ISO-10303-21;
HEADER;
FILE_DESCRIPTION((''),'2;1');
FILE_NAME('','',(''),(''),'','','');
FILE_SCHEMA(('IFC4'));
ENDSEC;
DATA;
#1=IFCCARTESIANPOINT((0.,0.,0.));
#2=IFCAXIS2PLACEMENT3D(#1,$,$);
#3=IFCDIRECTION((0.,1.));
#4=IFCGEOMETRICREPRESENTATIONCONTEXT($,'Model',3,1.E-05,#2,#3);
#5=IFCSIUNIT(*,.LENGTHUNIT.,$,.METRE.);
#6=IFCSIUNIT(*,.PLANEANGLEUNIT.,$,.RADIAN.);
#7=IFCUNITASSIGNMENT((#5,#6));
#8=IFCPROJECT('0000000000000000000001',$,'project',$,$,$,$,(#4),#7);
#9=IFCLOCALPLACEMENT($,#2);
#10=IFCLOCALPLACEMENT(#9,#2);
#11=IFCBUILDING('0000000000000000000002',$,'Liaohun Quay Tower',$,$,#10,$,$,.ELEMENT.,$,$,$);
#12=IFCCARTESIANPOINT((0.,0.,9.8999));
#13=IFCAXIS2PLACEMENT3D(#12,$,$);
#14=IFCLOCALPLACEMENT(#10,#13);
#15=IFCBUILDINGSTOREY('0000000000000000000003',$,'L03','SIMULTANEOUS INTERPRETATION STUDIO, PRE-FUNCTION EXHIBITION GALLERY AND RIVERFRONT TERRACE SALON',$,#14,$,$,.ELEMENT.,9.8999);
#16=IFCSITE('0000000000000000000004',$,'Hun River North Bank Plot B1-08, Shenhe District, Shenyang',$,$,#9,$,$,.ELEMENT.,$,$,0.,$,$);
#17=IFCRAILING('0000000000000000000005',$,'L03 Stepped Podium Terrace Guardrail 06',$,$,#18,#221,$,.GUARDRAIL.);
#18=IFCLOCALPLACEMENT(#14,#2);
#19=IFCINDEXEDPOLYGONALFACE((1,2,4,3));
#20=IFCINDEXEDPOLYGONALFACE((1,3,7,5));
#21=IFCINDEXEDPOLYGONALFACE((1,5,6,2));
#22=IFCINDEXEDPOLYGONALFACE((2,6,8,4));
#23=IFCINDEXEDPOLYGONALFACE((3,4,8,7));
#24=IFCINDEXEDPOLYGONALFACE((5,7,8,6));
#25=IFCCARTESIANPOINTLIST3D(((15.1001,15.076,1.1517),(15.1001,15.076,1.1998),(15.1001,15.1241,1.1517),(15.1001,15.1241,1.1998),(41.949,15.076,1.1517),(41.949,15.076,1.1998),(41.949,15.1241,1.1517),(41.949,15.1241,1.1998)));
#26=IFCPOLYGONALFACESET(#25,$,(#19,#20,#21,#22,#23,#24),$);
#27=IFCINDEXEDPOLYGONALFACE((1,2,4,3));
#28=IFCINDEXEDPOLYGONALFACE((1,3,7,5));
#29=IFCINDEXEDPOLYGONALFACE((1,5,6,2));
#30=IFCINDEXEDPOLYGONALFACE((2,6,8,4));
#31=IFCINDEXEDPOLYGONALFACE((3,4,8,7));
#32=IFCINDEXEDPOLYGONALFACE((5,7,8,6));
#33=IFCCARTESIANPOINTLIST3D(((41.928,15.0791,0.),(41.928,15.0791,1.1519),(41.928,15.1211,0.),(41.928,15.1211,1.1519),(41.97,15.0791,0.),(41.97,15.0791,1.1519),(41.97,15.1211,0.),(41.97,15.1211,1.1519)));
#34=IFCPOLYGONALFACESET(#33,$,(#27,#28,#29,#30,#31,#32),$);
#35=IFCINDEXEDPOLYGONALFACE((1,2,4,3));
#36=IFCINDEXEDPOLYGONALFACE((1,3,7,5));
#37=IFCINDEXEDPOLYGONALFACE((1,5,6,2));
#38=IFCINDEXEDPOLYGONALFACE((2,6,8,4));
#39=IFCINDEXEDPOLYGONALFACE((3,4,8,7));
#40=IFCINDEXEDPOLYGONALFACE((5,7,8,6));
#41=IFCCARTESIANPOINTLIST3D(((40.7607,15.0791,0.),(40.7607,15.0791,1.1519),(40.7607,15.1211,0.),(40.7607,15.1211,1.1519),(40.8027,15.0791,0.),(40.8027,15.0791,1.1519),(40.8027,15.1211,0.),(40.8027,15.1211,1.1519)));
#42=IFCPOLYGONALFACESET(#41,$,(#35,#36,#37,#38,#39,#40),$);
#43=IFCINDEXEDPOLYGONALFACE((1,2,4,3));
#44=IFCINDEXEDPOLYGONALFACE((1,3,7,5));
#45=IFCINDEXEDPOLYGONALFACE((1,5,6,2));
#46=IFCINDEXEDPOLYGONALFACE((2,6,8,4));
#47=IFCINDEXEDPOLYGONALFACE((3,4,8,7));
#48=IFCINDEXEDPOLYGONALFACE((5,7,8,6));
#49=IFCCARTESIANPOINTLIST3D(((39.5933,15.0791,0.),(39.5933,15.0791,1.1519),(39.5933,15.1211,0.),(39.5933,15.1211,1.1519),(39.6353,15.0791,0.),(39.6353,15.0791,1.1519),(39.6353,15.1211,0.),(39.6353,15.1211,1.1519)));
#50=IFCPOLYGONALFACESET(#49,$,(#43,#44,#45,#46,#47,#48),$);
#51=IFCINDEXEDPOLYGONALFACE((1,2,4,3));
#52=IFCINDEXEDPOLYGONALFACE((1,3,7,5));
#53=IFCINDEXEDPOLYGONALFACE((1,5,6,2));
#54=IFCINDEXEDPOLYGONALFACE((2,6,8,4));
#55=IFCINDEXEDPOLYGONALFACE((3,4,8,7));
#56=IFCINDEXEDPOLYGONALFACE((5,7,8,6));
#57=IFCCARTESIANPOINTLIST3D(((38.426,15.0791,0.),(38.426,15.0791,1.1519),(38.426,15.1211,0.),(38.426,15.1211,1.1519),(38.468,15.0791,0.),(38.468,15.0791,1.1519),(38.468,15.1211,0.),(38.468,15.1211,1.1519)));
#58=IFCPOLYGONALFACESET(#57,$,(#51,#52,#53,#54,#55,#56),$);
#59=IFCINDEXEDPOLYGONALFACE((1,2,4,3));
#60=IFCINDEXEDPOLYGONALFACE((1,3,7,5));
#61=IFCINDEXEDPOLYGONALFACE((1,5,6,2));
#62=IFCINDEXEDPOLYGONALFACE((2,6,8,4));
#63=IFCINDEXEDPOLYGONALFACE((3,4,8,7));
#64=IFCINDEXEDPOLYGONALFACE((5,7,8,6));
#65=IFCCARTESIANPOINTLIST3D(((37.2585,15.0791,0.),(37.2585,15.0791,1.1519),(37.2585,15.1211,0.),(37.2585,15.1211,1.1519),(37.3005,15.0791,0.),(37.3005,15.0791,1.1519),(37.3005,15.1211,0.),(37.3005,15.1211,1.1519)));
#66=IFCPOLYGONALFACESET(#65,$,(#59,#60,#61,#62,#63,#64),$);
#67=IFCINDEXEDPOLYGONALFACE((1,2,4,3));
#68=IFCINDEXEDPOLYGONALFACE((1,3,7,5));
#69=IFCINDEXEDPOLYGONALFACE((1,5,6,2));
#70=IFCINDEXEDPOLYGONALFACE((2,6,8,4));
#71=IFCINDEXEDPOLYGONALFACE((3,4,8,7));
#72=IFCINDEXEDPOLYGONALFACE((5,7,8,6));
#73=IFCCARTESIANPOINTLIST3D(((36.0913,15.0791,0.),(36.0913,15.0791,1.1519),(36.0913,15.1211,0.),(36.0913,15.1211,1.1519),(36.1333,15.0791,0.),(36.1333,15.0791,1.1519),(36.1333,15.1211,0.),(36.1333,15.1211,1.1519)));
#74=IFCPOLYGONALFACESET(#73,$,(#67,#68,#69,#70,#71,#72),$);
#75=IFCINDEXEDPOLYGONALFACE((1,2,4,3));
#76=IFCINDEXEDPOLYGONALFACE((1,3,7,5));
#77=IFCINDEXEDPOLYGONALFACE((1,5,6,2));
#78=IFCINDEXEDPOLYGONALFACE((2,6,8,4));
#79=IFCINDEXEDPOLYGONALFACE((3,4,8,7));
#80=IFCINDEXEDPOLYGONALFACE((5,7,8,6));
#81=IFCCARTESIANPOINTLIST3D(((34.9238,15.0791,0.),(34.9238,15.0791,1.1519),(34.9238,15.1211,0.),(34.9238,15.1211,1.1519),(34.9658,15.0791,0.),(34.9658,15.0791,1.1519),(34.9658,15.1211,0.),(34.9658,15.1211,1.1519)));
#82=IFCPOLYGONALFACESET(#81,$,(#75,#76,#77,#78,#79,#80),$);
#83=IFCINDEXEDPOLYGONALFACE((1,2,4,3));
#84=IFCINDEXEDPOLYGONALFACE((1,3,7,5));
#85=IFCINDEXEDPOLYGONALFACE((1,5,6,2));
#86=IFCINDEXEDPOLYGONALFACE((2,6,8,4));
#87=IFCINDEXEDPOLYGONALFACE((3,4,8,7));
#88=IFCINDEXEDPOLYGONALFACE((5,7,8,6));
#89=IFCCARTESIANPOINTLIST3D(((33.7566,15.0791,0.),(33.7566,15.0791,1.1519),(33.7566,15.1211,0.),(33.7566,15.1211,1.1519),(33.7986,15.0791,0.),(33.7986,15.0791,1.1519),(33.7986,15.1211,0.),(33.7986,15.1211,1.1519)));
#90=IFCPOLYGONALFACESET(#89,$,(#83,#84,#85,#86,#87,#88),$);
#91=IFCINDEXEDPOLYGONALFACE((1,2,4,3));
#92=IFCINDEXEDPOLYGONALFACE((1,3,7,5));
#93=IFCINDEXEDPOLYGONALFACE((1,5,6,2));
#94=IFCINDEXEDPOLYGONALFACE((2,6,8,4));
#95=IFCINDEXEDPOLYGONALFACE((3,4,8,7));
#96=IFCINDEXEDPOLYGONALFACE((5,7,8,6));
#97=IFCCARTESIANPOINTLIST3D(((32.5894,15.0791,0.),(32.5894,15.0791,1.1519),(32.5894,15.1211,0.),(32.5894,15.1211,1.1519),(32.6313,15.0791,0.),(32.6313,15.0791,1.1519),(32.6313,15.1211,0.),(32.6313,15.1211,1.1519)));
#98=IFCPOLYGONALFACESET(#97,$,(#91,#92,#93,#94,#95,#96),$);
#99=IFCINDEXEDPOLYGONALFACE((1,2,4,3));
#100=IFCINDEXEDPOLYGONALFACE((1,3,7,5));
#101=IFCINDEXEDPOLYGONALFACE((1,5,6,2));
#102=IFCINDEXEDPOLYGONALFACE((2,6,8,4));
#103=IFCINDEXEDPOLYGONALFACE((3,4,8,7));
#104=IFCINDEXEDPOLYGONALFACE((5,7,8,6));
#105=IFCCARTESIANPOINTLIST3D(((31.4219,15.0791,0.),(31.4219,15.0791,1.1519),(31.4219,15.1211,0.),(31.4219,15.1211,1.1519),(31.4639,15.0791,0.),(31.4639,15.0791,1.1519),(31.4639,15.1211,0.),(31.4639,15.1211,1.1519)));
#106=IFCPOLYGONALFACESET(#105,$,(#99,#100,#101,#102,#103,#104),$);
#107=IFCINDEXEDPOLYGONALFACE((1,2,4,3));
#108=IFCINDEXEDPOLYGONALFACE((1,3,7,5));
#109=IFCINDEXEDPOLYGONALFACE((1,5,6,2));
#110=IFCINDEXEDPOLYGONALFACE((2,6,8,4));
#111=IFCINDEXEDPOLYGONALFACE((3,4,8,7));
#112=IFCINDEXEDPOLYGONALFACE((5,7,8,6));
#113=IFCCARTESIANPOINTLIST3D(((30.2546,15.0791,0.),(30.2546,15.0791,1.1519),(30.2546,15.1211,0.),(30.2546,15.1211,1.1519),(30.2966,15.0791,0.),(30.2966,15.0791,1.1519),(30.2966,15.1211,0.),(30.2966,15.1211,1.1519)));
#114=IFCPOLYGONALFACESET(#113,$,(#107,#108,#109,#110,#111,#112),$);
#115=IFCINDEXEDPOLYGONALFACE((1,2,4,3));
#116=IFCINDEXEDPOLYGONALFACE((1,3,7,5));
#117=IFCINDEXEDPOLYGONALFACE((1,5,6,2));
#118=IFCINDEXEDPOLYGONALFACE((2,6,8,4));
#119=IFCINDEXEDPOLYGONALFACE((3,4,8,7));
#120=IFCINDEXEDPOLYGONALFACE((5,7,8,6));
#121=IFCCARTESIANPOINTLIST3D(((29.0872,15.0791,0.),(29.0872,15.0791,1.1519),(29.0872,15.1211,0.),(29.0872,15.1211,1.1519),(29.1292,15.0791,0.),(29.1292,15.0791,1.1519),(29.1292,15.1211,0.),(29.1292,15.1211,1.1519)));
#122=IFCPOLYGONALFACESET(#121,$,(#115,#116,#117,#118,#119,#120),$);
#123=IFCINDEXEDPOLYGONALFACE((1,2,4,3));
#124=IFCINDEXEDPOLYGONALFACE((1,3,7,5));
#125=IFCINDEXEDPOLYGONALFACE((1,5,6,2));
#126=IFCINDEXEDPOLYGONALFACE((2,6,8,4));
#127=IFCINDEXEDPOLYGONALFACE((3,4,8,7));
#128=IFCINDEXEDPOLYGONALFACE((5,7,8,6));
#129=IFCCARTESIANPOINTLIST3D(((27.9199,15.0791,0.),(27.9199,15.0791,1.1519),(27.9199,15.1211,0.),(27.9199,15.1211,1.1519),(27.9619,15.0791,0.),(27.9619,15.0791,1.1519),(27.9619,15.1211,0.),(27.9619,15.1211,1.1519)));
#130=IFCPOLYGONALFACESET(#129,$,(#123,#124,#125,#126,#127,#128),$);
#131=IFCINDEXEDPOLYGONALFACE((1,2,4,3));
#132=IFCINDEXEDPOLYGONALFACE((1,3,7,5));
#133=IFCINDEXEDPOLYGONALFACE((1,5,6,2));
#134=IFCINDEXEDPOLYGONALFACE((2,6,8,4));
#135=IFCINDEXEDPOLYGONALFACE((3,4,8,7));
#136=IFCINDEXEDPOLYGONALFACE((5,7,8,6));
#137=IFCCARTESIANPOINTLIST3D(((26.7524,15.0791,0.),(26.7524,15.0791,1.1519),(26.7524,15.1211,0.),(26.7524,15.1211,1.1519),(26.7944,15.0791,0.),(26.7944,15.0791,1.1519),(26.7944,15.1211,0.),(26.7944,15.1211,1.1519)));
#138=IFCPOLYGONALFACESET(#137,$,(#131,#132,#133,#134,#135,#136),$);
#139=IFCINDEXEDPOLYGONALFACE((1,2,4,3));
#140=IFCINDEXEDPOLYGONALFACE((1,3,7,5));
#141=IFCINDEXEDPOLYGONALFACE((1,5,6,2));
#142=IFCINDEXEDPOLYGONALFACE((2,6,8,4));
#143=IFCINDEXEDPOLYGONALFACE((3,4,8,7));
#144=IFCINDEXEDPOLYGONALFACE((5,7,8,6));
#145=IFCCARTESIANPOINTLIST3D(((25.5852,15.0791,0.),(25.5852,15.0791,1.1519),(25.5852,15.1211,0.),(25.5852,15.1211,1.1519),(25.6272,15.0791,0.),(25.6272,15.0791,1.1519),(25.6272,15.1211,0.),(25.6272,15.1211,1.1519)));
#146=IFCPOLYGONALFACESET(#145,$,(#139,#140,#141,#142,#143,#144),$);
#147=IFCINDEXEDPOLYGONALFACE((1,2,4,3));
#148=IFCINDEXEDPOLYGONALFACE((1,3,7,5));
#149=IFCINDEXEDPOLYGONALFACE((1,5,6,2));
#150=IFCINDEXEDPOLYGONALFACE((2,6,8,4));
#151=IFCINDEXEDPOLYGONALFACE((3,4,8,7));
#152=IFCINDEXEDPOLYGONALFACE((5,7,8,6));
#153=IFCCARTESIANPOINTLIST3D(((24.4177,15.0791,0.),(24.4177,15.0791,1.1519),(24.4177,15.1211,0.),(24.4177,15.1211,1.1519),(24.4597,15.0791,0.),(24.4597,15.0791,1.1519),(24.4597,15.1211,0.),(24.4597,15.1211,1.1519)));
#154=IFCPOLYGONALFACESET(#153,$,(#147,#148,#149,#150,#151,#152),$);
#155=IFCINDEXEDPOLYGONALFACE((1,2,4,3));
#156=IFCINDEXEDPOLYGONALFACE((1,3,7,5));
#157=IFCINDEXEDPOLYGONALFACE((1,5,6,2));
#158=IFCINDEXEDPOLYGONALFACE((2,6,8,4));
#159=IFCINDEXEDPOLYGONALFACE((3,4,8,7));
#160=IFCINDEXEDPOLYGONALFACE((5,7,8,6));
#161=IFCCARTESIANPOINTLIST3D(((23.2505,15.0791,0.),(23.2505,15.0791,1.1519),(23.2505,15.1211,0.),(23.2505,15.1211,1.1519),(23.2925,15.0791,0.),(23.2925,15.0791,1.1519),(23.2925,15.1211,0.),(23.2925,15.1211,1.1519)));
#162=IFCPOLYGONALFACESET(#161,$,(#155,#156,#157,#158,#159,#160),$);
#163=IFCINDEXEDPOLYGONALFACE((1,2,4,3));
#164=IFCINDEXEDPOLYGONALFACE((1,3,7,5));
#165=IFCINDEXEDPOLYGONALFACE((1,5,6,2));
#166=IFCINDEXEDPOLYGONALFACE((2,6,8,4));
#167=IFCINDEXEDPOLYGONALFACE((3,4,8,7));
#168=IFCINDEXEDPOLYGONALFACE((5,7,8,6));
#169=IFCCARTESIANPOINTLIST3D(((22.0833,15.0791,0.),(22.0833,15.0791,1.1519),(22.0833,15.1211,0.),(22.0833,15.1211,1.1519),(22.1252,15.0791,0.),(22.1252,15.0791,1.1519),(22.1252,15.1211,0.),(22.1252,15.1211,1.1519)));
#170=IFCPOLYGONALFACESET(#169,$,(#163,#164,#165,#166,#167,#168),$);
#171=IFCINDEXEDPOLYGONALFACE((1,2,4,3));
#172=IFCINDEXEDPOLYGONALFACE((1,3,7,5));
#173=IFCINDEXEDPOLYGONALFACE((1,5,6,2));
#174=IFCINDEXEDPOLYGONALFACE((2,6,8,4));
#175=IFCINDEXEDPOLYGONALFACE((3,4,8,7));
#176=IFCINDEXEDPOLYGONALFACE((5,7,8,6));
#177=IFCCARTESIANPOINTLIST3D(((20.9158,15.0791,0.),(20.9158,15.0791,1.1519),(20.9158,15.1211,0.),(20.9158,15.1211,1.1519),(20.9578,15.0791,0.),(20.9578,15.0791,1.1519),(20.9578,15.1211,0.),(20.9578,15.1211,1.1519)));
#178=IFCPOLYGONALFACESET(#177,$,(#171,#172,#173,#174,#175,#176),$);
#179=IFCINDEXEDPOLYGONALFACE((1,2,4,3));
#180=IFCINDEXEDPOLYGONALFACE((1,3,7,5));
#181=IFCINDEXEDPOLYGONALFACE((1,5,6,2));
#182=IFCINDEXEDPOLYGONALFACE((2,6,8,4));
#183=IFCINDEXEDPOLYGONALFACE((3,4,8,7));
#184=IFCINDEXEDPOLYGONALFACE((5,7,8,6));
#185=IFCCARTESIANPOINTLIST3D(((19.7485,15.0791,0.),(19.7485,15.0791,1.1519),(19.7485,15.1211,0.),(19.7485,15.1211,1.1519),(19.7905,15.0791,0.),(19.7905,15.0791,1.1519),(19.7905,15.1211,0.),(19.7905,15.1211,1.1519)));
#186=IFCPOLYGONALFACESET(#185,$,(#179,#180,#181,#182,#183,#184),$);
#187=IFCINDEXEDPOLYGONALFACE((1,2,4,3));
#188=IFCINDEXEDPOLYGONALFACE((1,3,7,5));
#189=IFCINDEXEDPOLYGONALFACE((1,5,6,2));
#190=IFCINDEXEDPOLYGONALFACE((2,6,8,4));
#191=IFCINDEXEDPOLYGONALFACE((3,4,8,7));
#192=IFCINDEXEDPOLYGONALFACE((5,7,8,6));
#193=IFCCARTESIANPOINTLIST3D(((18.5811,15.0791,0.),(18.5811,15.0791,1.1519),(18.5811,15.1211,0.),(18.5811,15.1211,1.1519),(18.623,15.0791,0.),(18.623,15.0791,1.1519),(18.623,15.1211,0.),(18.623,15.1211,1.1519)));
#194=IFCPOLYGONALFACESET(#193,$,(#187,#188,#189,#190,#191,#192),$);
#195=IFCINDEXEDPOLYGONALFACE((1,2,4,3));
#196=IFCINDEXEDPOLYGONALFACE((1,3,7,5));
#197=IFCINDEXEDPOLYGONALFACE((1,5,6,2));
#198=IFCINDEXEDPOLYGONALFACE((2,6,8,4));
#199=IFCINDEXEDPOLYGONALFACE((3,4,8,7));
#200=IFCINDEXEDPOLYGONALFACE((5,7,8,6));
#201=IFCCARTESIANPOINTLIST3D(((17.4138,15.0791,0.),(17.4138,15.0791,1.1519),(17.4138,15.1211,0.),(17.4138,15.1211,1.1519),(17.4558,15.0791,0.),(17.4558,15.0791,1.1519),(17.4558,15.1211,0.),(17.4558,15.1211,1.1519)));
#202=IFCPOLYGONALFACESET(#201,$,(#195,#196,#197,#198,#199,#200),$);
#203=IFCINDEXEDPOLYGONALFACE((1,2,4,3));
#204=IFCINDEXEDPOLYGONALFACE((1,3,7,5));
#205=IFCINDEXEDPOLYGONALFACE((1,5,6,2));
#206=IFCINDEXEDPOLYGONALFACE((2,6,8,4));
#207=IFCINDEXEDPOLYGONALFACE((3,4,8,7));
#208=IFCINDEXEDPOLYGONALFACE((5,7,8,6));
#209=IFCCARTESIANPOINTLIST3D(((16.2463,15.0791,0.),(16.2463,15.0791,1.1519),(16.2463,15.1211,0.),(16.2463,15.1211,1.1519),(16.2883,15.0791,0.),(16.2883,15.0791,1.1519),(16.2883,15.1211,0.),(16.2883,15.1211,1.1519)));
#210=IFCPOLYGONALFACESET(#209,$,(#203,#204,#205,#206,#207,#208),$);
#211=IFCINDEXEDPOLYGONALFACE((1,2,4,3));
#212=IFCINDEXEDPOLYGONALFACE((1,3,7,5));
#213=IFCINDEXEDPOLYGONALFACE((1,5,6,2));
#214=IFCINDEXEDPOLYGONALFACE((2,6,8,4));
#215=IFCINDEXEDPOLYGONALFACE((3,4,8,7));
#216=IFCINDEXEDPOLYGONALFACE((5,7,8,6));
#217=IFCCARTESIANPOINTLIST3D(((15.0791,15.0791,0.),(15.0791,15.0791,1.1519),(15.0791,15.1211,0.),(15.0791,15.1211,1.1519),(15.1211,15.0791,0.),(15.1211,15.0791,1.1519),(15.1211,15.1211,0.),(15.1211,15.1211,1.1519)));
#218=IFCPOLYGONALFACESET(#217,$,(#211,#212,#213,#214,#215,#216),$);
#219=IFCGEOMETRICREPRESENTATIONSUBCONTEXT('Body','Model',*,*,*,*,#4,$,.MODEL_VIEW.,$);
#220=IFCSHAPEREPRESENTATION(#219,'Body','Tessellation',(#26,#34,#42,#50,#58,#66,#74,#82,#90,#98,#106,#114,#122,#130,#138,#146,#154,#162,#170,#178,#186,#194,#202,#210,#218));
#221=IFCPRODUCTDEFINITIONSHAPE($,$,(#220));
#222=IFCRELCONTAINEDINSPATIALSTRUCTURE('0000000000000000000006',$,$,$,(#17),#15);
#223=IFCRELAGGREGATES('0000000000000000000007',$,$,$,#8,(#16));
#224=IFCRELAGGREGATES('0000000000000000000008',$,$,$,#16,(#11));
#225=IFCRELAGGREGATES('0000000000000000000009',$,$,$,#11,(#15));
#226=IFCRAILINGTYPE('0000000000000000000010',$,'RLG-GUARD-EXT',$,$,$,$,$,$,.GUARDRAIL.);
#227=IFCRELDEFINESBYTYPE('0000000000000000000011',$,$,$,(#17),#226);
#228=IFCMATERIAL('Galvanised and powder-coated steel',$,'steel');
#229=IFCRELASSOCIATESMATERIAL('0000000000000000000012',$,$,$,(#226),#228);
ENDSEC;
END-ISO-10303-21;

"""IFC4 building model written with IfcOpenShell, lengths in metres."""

from ifc_helpers import new_model, si_unit, direction, frame, origin, origin_2d, place, context, subcontext, project, spatial, rectangle, extrude, material, type_object, element, save


model = new_model("IFC4")

# Units and contexts
model_context = context("Model", 3, precision=1e-05, world=origin(), true_north=direction((0.0, 1.0)))
body_context = subcontext(model_context, "Body", "Model", "MODEL_VIEW")
ifc_project = project(units=[si_unit("LENGTHUNIT", "METRE"), si_unit("PLANEANGLEUNIT", "RADIAN")], contexts=[model_context])

# Site, building, storey
site_placement = place(None, origin())
site = spatial("IfcSite", under=ifc_project, at=site_placement, Name="Hun River North Bank Plot B1-08, Shenhe District, Shenyang", CompositionType="ELEMENT", RefElevation=0.0)
building_placement = place(site_placement, origin())
building = spatial("IfcBuilding", under=site, at=building_placement, Name="Liaohun Quay Tower", CompositionType="ELEMENT")
storey_placement = place(building_placement, frame((0.0, 0.0, 9.8999)))
storey = spatial("IfcBuildingStorey", under=building, at=storey_placement, Name="L03", Description="SIMULTANEOUS INTERPRETATION STUDIO, PRE-FUNCTION EXHIBITION GALLERY AND RIVERFRONT TERRACE SALON", CompositionType="ELEMENT", Elevation=9.8999)

# Railing
ifc_material_1 = material(Name="Galvanised and powder-coated steel", Category="steel")
railing_type_1 = type_object("IfcRailingType", Name="RLG-GUARD-EXT", PredefinedType="GUARDRAIL", material=ifc_material_1)
railing_1_placement = place(storey_placement, frame((41.949, 15.1001, 0.0)))
element("IfcRailing", 1, at=railing_1_placement, inside=storey, type_object=railing_type_1, Name="L03 Stepped Podium Terrace Guardrail 06", PredefinedType="GUARDRAIL", context=body_context, shape_type="SweptSolid", body=[
    extrude(rectangle(XDim=0.0481, YDim=0.0481, at=origin_2d()), frame((0.0, 0.0, 1.1758), z_axis=(-1.0, 0.0, 0.0), x_axis=(0.0, -1.0, 0.0)), (0.0, 0.0, 1.0), 26.8489),
    extrude(rectangle(XDim=0.042, YDim=0.042, at=origin_2d()), origin(), (0.0, 0.0, 1.0), 1.1519),
    extrude(rectangle(XDim=0.042, YDim=0.042, at=origin_2d()), frame((-1.1672, 0.0, 0.0)), (0.0, 0.0, 1.0), 1.1519),
    extrude(rectangle(XDim=0.042, YDim=0.042, at=origin_2d()), frame((-2.3347, 0.0, 0.0)), (0.0, 0.0, 1.0), 1.1519),
    extrude(rectangle(XDim=0.042, YDim=0.042, at=origin_2d()), frame((-3.502, 0.0, 0.0)), (0.0, 0.0, 1.0), 1.1519),
    extrude(rectangle(XDim=0.042, YDim=0.042, at=origin_2d()), frame((-4.6694, 0.0, 0.0)), (0.0, 0.0, 1.0), 1.1519),
    extrude(rectangle(XDim=0.042, YDim=0.042, at=origin_2d()), frame((-5.8367, 0.0, 0.0)), (0.0, 0.0, 1.0), 1.1519),
    extrude(rectangle(XDim=0.042, YDim=0.042, at=origin_2d()), frame((-7.0042, 0.0, 0.0)), (0.0, 0.0, 1.0), 1.1519),
    extrude(rectangle(XDim=0.042, YDim=0.042, at=origin_2d()), frame((-8.1714, 0.0, 0.0)), (0.0, 0.0, 1.0), 1.1519),
    extrude(rectangle(XDim=0.042, YDim=0.042, at=origin_2d()), frame((-9.3386, 0.0, 0.0)), (0.0, 0.0, 1.0), 1.1519),
    extrude(rectangle(XDim=0.042, YDim=0.042, at=origin_2d()), frame((-10.5061, 0.0, 0.0)), (0.0, 0.0, 1.0), 1.1519),
    extrude(rectangle(XDim=0.042, YDim=0.042, at=origin_2d()), frame((-11.6733, 0.0, 0.0)), (0.0, 0.0, 1.0), 1.1519),
    extrude(rectangle(XDim=0.042, YDim=0.042, at=origin_2d()), frame((-12.8408, 0.0, 0.0)), (0.0, 0.0, 1.0), 1.1519),
    extrude(rectangle(XDim=0.042, YDim=0.042, at=origin_2d()), frame((-14.0081, 0.0, 0.0)), (0.0, 0.0, 1.0), 1.1519),
    extrude(rectangle(XDim=0.042, YDim=0.042, at=origin_2d()), frame((-15.1755, 0.0, 0.0)), (0.0, 0.0, 1.0), 1.1519),
    extrude(rectangle(XDim=0.042, YDim=0.042, at=origin_2d()), frame((-16.3428, 0.0, 0.0)), (0.0, 0.0, 1.0), 1.1519),
    extrude(rectangle(XDim=0.042, YDim=0.042, at=origin_2d()), frame((-17.5103, 0.0, 0.0)), (0.0, 0.0, 1.0), 1.1519),
    extrude(rectangle(XDim=0.042, YDim=0.042, at=origin_2d()), frame((-18.6775, 0.0, 0.0)), (0.0, 0.0, 1.0), 1.1519),
    extrude(rectangle(XDim=0.042, YDim=0.042, at=origin_2d()), frame((-19.8447, 0.0, 0.0)), (0.0, 0.0, 1.0), 1.1519),
    extrude(rectangle(XDim=0.042, YDim=0.042, at=origin_2d()), frame((-21.0122, 0.0, 0.0)), (0.0, 0.0, 1.0), 1.1519),
    extrude(rectangle(XDim=0.042, YDim=0.042, at=origin_2d()), frame((-22.1794, 0.0, 0.0)), (0.0, 0.0, 1.0), 1.1519),
    extrude(rectangle(XDim=0.042, YDim=0.042, at=origin_2d()), frame((-23.3469, 0.0, 0.0)), (0.0, 0.0, 1.0), 1.1519),
    extrude(rectangle(XDim=0.042, YDim=0.042, at=origin_2d()), frame((-24.5142, 0.0, 0.0)), (0.0, 0.0, 1.0), 1.1519),
    extrude(rectangle(XDim=0.042, YDim=0.042, at=origin_2d()), frame((-25.6816, 0.0, 0.0)), (0.0, 0.0, 1.0), 1.1519),
    extrude(rectangle(XDim=0.042, YDim=0.042, at=origin_2d()), frame((-26.8489, 0.0, 0.0)), (0.0, 0.0, 1.0), 1.1519),
])

save(model, "model.ifc")
